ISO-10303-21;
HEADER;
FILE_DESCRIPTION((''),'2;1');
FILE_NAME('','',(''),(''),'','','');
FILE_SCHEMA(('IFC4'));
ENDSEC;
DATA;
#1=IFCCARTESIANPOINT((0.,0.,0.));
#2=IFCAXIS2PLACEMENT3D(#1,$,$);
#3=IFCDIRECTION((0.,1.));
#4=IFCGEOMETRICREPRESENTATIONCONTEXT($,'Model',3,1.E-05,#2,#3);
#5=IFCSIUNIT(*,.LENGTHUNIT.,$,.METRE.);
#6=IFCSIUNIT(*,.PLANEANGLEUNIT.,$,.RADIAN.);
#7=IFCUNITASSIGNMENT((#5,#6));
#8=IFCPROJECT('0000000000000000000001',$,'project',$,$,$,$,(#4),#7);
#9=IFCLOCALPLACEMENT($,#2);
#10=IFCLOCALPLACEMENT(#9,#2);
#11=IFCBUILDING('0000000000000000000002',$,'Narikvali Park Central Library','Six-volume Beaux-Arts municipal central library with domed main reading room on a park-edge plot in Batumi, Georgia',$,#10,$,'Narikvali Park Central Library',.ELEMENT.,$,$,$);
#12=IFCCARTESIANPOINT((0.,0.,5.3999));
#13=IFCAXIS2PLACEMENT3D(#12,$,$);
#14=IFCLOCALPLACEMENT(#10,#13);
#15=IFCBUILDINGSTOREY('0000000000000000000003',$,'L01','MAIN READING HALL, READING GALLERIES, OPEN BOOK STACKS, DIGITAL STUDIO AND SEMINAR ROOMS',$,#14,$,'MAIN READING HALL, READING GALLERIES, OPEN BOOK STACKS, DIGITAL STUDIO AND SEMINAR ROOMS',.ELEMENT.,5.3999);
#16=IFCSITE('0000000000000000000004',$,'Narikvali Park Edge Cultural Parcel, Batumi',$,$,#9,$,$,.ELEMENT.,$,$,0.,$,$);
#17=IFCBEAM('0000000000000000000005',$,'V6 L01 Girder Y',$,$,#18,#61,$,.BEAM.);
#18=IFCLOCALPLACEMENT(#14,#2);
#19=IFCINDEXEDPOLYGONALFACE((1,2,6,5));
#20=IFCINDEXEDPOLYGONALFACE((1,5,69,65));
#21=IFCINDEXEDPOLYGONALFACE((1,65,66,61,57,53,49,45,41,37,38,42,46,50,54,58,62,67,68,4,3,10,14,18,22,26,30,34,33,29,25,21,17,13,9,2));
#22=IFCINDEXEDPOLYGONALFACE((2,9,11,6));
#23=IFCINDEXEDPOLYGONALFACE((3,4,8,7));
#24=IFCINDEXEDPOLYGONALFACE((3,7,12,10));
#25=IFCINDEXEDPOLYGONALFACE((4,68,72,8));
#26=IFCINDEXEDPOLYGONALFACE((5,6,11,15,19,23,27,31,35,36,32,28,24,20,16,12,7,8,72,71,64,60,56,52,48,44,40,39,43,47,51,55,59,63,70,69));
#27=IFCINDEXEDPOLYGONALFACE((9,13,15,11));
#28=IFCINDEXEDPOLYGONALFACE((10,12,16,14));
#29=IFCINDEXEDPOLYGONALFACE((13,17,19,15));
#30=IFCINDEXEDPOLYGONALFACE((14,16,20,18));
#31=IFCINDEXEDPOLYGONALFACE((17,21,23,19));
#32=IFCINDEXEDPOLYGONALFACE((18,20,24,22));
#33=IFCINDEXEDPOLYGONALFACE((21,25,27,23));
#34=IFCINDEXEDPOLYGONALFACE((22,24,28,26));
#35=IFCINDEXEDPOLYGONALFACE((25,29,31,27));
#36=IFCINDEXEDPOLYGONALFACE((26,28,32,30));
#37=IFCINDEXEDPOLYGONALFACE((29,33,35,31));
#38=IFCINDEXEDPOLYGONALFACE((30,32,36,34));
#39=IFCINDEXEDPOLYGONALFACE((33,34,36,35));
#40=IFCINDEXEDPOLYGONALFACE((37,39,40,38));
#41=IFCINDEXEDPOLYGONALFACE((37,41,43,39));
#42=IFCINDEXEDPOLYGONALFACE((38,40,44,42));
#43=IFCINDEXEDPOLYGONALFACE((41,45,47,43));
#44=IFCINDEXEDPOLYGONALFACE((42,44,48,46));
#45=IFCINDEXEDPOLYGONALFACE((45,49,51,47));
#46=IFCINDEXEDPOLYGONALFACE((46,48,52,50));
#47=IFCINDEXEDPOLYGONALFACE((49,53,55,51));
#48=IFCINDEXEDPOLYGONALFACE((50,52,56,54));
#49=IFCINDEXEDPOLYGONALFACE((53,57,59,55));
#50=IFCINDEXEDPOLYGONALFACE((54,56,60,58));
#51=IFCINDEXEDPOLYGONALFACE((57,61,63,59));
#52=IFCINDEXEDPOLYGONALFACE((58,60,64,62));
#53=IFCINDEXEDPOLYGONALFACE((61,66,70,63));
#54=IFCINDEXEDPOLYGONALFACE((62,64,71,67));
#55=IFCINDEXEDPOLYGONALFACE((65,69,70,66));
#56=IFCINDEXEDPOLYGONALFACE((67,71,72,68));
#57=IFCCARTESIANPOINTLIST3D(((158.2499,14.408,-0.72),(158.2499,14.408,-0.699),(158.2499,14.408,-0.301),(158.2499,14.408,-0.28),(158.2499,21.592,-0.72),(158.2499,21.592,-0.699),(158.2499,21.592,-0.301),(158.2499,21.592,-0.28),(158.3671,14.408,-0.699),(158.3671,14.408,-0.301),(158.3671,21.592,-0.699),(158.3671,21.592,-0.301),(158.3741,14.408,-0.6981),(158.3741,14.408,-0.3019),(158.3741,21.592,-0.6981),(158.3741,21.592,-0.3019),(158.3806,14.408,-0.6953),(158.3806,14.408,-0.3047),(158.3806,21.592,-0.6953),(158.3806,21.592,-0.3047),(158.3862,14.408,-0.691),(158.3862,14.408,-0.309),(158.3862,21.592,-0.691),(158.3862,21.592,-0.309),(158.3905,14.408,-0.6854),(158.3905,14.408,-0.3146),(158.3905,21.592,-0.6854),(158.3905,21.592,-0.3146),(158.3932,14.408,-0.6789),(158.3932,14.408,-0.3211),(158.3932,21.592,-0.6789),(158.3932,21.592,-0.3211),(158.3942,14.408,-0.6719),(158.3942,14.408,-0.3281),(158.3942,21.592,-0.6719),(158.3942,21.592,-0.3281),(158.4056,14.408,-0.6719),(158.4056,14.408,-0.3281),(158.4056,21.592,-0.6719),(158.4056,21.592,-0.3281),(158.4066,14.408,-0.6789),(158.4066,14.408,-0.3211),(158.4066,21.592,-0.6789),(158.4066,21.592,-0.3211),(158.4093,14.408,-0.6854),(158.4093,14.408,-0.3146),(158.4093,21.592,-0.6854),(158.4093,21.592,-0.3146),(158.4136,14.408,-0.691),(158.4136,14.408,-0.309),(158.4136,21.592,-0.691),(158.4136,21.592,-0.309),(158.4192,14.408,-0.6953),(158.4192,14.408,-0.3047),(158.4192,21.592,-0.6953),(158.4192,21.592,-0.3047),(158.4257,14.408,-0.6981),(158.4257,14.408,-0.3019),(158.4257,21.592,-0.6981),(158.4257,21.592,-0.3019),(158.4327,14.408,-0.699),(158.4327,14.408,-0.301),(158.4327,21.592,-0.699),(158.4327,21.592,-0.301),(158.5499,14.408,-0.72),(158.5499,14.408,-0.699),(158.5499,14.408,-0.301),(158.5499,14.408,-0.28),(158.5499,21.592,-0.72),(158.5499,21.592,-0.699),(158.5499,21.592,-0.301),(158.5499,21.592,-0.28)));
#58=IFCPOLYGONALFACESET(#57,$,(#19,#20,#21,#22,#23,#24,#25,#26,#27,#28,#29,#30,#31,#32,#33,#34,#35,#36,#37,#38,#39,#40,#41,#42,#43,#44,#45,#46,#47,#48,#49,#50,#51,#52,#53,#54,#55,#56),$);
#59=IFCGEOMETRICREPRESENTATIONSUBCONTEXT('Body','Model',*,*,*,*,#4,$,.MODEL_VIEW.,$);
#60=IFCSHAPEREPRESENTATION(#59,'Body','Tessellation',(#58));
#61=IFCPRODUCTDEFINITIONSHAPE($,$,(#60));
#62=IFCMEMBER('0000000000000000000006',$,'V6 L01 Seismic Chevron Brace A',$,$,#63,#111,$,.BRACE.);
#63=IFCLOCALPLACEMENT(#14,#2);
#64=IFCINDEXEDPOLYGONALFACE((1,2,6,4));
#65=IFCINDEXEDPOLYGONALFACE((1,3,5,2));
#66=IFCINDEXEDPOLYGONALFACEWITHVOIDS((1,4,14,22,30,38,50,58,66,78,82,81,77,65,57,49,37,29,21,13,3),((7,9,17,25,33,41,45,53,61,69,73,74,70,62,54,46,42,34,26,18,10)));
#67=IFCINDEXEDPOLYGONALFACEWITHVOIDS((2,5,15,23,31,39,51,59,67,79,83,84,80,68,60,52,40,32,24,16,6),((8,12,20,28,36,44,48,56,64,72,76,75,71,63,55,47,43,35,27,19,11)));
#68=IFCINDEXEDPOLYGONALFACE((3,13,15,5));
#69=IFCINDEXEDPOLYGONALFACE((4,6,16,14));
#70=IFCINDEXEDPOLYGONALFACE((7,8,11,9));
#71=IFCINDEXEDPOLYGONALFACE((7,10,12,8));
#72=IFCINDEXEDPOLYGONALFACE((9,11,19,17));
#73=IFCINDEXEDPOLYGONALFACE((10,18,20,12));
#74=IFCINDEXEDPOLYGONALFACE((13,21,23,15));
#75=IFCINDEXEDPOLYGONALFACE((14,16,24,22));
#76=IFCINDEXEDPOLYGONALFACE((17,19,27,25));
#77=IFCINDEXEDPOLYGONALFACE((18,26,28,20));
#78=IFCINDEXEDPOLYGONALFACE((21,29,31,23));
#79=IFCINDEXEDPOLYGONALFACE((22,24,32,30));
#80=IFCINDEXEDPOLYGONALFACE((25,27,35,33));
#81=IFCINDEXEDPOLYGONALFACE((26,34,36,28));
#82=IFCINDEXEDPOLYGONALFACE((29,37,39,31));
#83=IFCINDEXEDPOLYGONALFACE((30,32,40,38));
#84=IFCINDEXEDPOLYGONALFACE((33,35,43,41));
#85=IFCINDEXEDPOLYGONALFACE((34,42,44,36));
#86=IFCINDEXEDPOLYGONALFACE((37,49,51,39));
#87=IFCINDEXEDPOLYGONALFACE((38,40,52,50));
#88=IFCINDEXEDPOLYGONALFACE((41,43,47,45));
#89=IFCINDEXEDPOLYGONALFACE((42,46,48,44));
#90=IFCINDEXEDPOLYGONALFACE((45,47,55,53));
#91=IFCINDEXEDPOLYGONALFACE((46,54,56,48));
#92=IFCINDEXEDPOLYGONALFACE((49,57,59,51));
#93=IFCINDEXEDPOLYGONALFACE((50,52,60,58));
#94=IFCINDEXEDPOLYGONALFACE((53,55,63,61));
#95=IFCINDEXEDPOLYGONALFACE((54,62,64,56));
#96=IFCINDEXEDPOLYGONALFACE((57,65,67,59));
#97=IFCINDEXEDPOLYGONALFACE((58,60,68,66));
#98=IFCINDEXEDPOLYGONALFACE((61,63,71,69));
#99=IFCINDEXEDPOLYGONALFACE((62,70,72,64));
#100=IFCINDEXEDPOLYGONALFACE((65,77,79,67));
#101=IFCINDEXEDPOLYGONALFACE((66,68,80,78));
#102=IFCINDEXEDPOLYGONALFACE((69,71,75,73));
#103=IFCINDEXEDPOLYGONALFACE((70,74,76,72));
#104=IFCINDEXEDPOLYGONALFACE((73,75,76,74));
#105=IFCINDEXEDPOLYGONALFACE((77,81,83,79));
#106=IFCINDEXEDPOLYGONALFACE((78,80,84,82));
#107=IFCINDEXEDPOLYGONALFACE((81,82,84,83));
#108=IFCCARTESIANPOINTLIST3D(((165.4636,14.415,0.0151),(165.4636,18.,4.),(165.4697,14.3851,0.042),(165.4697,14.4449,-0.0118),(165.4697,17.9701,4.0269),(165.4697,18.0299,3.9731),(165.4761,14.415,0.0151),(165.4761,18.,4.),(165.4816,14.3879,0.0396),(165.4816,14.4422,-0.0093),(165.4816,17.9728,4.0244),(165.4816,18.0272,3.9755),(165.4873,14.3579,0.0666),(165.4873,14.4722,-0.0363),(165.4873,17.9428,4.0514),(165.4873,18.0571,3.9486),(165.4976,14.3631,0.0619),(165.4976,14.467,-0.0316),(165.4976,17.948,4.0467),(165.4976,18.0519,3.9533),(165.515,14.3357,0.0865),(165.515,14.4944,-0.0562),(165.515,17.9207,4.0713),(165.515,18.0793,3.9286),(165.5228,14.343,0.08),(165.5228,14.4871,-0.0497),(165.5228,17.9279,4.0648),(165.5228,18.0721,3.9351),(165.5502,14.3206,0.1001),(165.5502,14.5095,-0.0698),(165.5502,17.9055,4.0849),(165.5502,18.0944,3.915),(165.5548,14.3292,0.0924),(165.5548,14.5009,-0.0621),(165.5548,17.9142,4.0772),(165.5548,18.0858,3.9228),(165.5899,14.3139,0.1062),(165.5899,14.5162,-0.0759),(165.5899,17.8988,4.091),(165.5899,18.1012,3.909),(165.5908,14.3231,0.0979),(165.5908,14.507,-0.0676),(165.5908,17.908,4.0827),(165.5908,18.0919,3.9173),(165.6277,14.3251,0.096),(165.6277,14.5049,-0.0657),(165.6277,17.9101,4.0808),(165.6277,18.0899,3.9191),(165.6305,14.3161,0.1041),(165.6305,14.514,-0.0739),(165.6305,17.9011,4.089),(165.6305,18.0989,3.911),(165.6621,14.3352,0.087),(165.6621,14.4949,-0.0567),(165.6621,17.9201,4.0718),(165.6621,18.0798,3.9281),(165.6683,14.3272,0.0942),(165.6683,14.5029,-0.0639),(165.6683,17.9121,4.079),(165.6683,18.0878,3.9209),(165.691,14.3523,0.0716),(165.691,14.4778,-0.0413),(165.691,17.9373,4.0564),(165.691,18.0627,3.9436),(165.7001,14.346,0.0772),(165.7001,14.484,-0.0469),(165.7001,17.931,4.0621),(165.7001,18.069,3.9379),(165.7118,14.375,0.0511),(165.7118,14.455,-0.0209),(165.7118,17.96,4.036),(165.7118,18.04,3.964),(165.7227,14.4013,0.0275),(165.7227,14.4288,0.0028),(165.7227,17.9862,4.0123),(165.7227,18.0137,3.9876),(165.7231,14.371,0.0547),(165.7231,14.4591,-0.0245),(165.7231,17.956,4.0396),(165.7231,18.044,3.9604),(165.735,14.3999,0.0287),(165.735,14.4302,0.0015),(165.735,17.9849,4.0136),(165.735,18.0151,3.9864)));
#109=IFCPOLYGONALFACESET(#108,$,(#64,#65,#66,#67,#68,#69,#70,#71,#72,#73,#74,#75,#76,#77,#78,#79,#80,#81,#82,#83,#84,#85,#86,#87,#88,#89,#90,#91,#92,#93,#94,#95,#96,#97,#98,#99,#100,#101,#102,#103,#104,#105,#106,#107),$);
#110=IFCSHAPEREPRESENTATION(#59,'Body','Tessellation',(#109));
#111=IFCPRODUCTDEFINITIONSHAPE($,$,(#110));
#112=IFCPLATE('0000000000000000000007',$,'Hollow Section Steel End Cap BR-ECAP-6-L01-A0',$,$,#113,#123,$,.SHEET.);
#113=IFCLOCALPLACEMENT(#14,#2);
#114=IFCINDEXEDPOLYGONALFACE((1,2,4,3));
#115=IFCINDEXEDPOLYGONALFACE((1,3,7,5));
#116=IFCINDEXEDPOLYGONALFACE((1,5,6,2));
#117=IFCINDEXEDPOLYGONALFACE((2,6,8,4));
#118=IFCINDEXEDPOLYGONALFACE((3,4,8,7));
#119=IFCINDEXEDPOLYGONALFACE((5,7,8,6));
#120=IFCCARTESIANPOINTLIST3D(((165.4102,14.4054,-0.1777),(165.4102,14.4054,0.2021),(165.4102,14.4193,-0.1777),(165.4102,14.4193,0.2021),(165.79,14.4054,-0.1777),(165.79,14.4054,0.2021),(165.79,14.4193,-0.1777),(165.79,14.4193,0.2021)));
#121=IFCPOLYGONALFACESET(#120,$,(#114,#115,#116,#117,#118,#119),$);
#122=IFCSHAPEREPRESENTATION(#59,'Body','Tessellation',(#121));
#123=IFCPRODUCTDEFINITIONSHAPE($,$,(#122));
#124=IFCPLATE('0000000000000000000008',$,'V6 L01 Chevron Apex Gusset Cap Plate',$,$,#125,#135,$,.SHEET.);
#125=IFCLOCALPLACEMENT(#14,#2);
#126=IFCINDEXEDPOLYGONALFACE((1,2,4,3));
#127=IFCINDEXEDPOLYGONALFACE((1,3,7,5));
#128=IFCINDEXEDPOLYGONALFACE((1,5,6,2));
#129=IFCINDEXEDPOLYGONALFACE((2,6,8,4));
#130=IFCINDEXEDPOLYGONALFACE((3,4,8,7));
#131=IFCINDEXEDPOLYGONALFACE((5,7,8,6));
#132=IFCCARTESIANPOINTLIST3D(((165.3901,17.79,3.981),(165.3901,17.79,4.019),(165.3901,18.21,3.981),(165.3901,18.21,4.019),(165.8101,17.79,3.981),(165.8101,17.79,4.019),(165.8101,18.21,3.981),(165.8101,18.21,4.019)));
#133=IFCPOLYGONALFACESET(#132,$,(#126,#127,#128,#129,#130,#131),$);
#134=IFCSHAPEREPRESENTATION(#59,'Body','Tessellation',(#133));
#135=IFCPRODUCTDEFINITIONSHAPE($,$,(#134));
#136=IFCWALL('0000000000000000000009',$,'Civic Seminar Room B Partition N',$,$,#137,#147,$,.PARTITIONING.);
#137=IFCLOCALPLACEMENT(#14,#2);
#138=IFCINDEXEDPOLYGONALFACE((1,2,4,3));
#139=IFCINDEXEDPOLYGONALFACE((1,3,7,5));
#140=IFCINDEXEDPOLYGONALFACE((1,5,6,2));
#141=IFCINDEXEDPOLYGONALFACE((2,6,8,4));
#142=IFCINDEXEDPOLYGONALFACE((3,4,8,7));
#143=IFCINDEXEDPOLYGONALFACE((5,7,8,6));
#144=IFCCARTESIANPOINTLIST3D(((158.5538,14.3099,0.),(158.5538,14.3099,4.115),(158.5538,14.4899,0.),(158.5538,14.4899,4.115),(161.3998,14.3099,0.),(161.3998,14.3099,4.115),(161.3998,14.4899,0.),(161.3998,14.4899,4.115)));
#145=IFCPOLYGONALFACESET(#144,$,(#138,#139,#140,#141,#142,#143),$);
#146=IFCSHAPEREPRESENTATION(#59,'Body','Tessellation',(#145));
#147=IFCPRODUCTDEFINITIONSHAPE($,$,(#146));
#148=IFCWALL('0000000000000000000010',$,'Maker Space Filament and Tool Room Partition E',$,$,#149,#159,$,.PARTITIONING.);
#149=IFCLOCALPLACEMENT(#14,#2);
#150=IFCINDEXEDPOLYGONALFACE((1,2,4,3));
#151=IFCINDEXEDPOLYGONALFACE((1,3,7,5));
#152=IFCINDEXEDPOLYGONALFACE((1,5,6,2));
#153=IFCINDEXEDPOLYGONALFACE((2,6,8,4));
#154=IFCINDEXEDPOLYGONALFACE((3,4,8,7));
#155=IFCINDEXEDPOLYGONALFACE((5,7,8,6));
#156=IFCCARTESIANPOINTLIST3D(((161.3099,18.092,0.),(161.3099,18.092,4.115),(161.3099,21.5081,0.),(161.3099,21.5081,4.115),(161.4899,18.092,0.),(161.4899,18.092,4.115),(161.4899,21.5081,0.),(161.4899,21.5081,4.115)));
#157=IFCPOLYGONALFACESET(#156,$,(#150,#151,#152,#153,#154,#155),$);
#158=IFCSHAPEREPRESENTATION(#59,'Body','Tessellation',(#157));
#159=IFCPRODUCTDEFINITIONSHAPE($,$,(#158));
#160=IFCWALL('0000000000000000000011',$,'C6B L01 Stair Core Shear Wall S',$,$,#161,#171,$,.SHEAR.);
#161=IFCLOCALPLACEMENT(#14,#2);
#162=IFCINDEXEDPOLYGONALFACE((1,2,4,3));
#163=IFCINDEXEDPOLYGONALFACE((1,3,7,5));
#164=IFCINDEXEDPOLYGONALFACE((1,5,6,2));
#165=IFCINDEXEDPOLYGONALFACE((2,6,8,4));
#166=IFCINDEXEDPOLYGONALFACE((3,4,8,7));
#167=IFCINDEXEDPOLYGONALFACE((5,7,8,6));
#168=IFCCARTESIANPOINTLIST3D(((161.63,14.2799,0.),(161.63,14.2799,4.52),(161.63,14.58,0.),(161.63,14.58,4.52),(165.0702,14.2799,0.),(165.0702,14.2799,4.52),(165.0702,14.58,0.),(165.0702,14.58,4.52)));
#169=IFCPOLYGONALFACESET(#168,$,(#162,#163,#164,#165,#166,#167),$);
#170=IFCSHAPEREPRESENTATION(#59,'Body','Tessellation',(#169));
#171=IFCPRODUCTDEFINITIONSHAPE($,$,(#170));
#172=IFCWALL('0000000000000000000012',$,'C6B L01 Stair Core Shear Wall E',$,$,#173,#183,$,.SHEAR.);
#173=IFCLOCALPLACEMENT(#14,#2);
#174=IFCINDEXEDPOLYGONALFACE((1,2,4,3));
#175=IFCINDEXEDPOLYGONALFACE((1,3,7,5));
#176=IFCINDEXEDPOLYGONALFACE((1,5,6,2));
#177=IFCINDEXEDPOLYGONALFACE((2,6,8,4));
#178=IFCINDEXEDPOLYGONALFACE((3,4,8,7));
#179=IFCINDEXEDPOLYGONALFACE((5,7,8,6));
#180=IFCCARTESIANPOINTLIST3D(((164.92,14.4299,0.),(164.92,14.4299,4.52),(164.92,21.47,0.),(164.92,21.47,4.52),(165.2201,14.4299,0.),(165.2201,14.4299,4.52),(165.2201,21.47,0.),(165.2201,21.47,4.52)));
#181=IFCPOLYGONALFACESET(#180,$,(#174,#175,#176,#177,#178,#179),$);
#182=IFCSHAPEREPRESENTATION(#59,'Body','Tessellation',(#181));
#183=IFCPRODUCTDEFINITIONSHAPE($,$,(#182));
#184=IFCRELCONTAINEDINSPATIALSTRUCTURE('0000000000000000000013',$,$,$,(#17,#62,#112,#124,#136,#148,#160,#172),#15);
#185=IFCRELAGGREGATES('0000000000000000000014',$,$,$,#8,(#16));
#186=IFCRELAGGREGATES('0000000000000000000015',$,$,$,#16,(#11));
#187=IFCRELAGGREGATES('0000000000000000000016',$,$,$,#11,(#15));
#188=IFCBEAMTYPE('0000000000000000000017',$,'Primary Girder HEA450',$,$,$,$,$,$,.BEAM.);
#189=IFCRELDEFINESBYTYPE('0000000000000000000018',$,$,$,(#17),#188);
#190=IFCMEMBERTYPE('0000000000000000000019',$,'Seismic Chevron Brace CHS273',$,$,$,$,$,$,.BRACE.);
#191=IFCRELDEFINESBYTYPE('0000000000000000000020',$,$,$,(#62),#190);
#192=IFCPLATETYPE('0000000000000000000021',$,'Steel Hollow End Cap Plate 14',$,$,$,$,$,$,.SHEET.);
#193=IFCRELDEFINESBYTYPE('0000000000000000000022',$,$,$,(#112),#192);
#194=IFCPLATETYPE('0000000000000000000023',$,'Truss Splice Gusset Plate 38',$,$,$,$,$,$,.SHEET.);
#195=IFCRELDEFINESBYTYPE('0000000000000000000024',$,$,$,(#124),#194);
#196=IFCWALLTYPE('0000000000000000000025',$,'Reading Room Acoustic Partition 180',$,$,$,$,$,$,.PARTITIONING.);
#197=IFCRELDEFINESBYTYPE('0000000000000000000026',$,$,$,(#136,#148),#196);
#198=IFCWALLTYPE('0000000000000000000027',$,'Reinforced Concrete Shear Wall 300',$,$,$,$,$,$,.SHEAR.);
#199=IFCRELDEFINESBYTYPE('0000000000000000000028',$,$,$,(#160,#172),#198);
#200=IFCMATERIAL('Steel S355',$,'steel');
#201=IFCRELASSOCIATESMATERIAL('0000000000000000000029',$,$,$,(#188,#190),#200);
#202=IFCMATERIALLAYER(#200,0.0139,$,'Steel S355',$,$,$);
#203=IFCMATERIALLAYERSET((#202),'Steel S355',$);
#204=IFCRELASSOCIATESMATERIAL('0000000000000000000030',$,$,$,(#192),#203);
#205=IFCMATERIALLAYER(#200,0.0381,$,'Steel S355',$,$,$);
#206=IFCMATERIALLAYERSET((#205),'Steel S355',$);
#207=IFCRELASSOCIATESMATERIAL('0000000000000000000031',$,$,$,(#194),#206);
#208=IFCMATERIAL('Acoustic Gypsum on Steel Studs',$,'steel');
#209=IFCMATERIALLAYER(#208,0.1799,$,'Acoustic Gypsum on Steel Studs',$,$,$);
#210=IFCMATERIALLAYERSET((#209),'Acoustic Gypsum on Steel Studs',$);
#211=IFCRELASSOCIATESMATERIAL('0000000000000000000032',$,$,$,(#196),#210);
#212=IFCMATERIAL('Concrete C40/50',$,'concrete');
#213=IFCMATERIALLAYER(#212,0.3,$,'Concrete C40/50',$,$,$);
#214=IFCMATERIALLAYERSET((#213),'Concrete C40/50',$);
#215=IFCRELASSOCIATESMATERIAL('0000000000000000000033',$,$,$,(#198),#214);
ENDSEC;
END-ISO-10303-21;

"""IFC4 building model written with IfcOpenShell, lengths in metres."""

from ifc_helpers import new_model, si_unit, direction, frame, frame_2d, origin, origin_2d, place, context, subcontext, project, spatial, rectangle, hollow_circle, i_section, extrude, material, layer, layer_set, material_profile, profile_set, type_object, element, save


model = new_model("IFC4")

# Units and contexts
model_context = context("Model", 3, precision=1e-05, world=origin(), true_north=direction((0.0, 1.0)))
body_context = subcontext(model_context, "Body", "Model", "MODEL_VIEW")
ifc_project = project(units=[si_unit("LENGTHUNIT", "METRE"), si_unit("PLANEANGLEUNIT", "RADIAN")], contexts=[model_context])

# Site, building, storey
site_placement = place(None, origin())
site = spatial("IfcSite", under=ifc_project, at=site_placement, Name="Narikvali Park Edge Cultural Parcel, Batumi", CompositionType="ELEMENT", RefElevation=0.0)
building_placement = place(site_placement, origin())
building = spatial("IfcBuilding", under=site, at=building_placement, Name="Narikvali Park Central Library", Description="Six-volume Beaux-Arts municipal central library with domed main reading room on a park-edge plot in Batumi, Georgia", LongName="Narikvali Park Central Library", CompositionType="ELEMENT")
storey_placement = place(building_placement, frame((0.0, 0.0, 5.3999)))
storey = spatial("IfcBuildingStorey", under=building, at=storey_placement, Name="L01", Description="MAIN READING HALL, READING GALLERIES, OPEN BOOK STACKS, DIGITAL STUDIO AND SEMINAR ROOMS", LongName="MAIN READING HALL, READING GALLERIES, OPEN BOOK STACKS, DIGITAL STUDIO AND SEMINAR ROOMS", CompositionType="ELEMENT", Elevation=5.3999)

# Shared definitions
ifc_material_1 = material(Name="Steel S355", Category="steel")

# Beam
ifc_material_profile_1 = material_profile(ifc_material_1, i_section(OverallWidth=0.3, OverallDepth=0.4399, WebThickness=0.0115, FlangeThickness=0.021, FilletRadius=0.0271, at=origin_2d()), Name="HEA 450")
ifc_profile_set_1 = profile_set([ifc_material_profile_1], Name="Steel S355")
beam_type_1 = type_object("IfcBeamType", Name="Primary Girder HEA450", PredefinedType="BEAM", material=ifc_profile_set_1)
beam_1_placement = place(storey_placement, frame((158.3999, 14.408, -0.5), z_axis=(0.0, 1.0, 0.0), x_axis=(-1.0, 0.0, 0.0)))
element("IfcBeam", 1, at=beam_1_placement, inside=storey, type_object=beam_type_1, Name="V6 L01 Girder Y", PredefinedType="BEAM", context=body_context, shape_type="SweptSolid", body=[
    extrude(i_section(OverallWidth=0.3, OverallDepth=0.4399, WebThickness=0.0115, FlangeThickness=0.021, FilletRadius=0.0271, at=origin_2d()), origin(), (0.0, 0.0, 1.0), 7.1841),
])

# Member
ifc_material_profile_2 = material_profile(ifc_material_1, hollow_circle(Radius=0.1365, WallThickness=0.0125, at=origin_2d()), Name="CHS 273x12.5")
ifc_profile_set_2 = profile_set([ifc_material_profile_2], Name="Steel S355")
member_type = type_object("IfcMemberType", Name="Seismic Chevron Brace CHS273", PredefinedType="BRACE", material=ifc_profile_set_2)
member_placement = place(storey_placement, frame((165.6001, 14.415, 0.0151), z_axis=(0.0, 0.668819, 0.743425), x_axis=(-1.0, 0.0, 0.0)))
element("IfcMember", 2, at=member_placement, inside=storey, type_object=member_type, Name="V6 L01 Seismic Chevron Brace A", PredefinedType="BRACE", context=body_context, shape_type="SweptSolid", body=[
    extrude(hollow_circle(Radius=0.1365, WallThickness=0.0125, at=origin_2d()), origin(), (0.0, 0.0, 1.0), 5.3601),
])

# Plates
ifc_layer_1 = layer(ifc_material_1, 0.0139, Name="Steel S355")
ifc_layer_set_1 = layer_set([ifc_layer_1], Name="Steel S355")
plate_type_1 = type_object("IfcPlateType", Name="Steel Hollow End Cap Plate 14", PredefinedType="SHEET", material=ifc_layer_set_1)
plate_1_placement = place(storey_placement, frame((165.6001, 14.4124, -0.1777), z_axis=(0.0, 0.0, 1.0), x_axis=(-1.0, 0.0, 0.0)))
element("IfcPlate", 3, at=plate_1_placement, inside=storey, type_object=plate_type_1, Name="Hollow Section Steel End Cap BR-ECAP-6-L01-A0", PredefinedType="SHEET", context=body_context, shape_type="SweptSolid", body=[
    extrude(rectangle(XDim=0.3799, YDim=0.0139, at=origin_2d()), origin(), (0.0, 0.0, 1.0), 0.3799),
])
ifc_layer_2 = layer(ifc_material_1, 0.0381, Name="Steel S355")
ifc_layer_set_2 = layer_set([ifc_layer_2], Name="Steel S355")
plate_type_2 = type_object("IfcPlateType", Name="Truss Splice Gusset Plate 38", PredefinedType="SHEET", material=ifc_layer_set_2)
plate_2_placement = place(storey_placement, frame((165.6001, 18.0, 3.981), z_axis=(0.0, 0.0, 1.0), x_axis=(1.0, 0.0, 0.0)))
element("IfcPlate", 4, at=plate_2_placement, inside=storey, type_object=plate_type_2, Name="V6 L01 Chevron Apex Gusset Cap Plate", PredefinedType="SHEET", context=body_context, shape_type="SweptSolid", body=[
    extrude(rectangle(XDim=0.4199, YDim=0.4199, at=origin_2d()), origin(), (0.0, 0.0, 1.0), 0.0381),
])

# Walls
ifc_material_2 = material(Name="Acoustic Gypsum on Steel Studs", Category="steel")
ifc_layer_3 = layer(ifc_material_2, 0.1799, Name="Acoustic Gypsum on Steel Studs")
ifc_layer_set_3 = layer_set([ifc_layer_3], Name="Acoustic Gypsum on Steel Studs")
wall_type_1 = type_object("IfcWallType", Name="Reading Room Acoustic Partition 180", PredefinedType="PARTITIONING", material=ifc_layer_set_3)
wall_1_placement = place(storey_placement, frame((158.554, 14.3999, 0.0), z_axis=(0.0, 0.0, 1.0), x_axis=(1.0, 0.0, 0.0)))
element("IfcWall", 5, at=wall_1_placement, inside=storey, type_object=wall_type_1, Name="Civic Seminar Room B Partition N", PredefinedType="PARTITIONING", context=body_context, shape_type="SweptSolid", body=[
    extrude(rectangle(XDim=2.8459, YDim=0.1799, at=frame_2d((1.4229, 0.0))), origin(), (0.0, 0.0, 1.0), 4.115),
])
wall_2_placement = place(storey_placement, frame((161.3999, 18.092, 0.0), z_axis=(0.0, 0.0, 1.0), x_axis=(0.0, 1.0, 0.0)))
element("IfcWall", 6, at=wall_2_placement, inside=storey, type_object=wall_type_1, Name="Maker Space Filament and Tool Room Partition E", PredefinedType="PARTITIONING", context=body_context, shape_type="SweptSolid", body=[
    extrude(rectangle(XDim=3.416, YDim=0.1799, at=frame_2d((1.708, 0.0))), origin(), (0.0, 0.0, 1.0), 4.115),
])
ifc_material_3 = material(Name="Concrete C40/50", Category="concrete")
ifc_layer_4 = layer(ifc_material_3, 0.3, Name="Concrete C40/50")
ifc_layer_set_4 = layer_set([ifc_layer_4], Name="Concrete C40/50")
wall_type_2 = type_object("IfcWallType", Name="Reinforced Concrete Shear Wall 300", PredefinedType="SHEAR", material=ifc_layer_set_4)
wall_3_placement = place(storey_placement, frame((161.6299, 14.4299, 0.0), z_axis=(0.0, 0.0, 1.0), x_axis=(1.0, 0.0, 0.0)))
element("IfcWall", 7, at=wall_3_placement, inside=storey, type_object=wall_type_2, Name="C6B L01 Stair Core Shear Wall S", PredefinedType="SHEAR", context=body_context, shape_type="SweptSolid", body=[
    extrude(rectangle(XDim=3.4402, YDim=0.3, at=frame_2d((1.7202, 0.0))), origin(), (0.0, 0.0, 1.0), 4.52),
])
for number, where, z_axis, x_axis, name in (
    (8, (165.0701, 14.4299, 0.0), (0.0, 0.0, 1.0), (0.0, 1.0, 0.0), "C6B L01 Stair Core Shear Wall E"),
):
    element("IfcWall", number, at=place(storey_placement, frame(where, z_axis=z_axis, x_axis=x_axis)), inside=storey, type_object=wall_type_2, Name=name, PredefinedType="SHEAR", context=body_context, shape_type="SweptSolid", body=[
        extrude(rectangle(XDim=7.04, YDim=0.3, at=frame_2d((3.52, 0.0))), origin(), (0.0, 0.0, 1.0), 4.52),
    ])

save(model, "model.ifc")
